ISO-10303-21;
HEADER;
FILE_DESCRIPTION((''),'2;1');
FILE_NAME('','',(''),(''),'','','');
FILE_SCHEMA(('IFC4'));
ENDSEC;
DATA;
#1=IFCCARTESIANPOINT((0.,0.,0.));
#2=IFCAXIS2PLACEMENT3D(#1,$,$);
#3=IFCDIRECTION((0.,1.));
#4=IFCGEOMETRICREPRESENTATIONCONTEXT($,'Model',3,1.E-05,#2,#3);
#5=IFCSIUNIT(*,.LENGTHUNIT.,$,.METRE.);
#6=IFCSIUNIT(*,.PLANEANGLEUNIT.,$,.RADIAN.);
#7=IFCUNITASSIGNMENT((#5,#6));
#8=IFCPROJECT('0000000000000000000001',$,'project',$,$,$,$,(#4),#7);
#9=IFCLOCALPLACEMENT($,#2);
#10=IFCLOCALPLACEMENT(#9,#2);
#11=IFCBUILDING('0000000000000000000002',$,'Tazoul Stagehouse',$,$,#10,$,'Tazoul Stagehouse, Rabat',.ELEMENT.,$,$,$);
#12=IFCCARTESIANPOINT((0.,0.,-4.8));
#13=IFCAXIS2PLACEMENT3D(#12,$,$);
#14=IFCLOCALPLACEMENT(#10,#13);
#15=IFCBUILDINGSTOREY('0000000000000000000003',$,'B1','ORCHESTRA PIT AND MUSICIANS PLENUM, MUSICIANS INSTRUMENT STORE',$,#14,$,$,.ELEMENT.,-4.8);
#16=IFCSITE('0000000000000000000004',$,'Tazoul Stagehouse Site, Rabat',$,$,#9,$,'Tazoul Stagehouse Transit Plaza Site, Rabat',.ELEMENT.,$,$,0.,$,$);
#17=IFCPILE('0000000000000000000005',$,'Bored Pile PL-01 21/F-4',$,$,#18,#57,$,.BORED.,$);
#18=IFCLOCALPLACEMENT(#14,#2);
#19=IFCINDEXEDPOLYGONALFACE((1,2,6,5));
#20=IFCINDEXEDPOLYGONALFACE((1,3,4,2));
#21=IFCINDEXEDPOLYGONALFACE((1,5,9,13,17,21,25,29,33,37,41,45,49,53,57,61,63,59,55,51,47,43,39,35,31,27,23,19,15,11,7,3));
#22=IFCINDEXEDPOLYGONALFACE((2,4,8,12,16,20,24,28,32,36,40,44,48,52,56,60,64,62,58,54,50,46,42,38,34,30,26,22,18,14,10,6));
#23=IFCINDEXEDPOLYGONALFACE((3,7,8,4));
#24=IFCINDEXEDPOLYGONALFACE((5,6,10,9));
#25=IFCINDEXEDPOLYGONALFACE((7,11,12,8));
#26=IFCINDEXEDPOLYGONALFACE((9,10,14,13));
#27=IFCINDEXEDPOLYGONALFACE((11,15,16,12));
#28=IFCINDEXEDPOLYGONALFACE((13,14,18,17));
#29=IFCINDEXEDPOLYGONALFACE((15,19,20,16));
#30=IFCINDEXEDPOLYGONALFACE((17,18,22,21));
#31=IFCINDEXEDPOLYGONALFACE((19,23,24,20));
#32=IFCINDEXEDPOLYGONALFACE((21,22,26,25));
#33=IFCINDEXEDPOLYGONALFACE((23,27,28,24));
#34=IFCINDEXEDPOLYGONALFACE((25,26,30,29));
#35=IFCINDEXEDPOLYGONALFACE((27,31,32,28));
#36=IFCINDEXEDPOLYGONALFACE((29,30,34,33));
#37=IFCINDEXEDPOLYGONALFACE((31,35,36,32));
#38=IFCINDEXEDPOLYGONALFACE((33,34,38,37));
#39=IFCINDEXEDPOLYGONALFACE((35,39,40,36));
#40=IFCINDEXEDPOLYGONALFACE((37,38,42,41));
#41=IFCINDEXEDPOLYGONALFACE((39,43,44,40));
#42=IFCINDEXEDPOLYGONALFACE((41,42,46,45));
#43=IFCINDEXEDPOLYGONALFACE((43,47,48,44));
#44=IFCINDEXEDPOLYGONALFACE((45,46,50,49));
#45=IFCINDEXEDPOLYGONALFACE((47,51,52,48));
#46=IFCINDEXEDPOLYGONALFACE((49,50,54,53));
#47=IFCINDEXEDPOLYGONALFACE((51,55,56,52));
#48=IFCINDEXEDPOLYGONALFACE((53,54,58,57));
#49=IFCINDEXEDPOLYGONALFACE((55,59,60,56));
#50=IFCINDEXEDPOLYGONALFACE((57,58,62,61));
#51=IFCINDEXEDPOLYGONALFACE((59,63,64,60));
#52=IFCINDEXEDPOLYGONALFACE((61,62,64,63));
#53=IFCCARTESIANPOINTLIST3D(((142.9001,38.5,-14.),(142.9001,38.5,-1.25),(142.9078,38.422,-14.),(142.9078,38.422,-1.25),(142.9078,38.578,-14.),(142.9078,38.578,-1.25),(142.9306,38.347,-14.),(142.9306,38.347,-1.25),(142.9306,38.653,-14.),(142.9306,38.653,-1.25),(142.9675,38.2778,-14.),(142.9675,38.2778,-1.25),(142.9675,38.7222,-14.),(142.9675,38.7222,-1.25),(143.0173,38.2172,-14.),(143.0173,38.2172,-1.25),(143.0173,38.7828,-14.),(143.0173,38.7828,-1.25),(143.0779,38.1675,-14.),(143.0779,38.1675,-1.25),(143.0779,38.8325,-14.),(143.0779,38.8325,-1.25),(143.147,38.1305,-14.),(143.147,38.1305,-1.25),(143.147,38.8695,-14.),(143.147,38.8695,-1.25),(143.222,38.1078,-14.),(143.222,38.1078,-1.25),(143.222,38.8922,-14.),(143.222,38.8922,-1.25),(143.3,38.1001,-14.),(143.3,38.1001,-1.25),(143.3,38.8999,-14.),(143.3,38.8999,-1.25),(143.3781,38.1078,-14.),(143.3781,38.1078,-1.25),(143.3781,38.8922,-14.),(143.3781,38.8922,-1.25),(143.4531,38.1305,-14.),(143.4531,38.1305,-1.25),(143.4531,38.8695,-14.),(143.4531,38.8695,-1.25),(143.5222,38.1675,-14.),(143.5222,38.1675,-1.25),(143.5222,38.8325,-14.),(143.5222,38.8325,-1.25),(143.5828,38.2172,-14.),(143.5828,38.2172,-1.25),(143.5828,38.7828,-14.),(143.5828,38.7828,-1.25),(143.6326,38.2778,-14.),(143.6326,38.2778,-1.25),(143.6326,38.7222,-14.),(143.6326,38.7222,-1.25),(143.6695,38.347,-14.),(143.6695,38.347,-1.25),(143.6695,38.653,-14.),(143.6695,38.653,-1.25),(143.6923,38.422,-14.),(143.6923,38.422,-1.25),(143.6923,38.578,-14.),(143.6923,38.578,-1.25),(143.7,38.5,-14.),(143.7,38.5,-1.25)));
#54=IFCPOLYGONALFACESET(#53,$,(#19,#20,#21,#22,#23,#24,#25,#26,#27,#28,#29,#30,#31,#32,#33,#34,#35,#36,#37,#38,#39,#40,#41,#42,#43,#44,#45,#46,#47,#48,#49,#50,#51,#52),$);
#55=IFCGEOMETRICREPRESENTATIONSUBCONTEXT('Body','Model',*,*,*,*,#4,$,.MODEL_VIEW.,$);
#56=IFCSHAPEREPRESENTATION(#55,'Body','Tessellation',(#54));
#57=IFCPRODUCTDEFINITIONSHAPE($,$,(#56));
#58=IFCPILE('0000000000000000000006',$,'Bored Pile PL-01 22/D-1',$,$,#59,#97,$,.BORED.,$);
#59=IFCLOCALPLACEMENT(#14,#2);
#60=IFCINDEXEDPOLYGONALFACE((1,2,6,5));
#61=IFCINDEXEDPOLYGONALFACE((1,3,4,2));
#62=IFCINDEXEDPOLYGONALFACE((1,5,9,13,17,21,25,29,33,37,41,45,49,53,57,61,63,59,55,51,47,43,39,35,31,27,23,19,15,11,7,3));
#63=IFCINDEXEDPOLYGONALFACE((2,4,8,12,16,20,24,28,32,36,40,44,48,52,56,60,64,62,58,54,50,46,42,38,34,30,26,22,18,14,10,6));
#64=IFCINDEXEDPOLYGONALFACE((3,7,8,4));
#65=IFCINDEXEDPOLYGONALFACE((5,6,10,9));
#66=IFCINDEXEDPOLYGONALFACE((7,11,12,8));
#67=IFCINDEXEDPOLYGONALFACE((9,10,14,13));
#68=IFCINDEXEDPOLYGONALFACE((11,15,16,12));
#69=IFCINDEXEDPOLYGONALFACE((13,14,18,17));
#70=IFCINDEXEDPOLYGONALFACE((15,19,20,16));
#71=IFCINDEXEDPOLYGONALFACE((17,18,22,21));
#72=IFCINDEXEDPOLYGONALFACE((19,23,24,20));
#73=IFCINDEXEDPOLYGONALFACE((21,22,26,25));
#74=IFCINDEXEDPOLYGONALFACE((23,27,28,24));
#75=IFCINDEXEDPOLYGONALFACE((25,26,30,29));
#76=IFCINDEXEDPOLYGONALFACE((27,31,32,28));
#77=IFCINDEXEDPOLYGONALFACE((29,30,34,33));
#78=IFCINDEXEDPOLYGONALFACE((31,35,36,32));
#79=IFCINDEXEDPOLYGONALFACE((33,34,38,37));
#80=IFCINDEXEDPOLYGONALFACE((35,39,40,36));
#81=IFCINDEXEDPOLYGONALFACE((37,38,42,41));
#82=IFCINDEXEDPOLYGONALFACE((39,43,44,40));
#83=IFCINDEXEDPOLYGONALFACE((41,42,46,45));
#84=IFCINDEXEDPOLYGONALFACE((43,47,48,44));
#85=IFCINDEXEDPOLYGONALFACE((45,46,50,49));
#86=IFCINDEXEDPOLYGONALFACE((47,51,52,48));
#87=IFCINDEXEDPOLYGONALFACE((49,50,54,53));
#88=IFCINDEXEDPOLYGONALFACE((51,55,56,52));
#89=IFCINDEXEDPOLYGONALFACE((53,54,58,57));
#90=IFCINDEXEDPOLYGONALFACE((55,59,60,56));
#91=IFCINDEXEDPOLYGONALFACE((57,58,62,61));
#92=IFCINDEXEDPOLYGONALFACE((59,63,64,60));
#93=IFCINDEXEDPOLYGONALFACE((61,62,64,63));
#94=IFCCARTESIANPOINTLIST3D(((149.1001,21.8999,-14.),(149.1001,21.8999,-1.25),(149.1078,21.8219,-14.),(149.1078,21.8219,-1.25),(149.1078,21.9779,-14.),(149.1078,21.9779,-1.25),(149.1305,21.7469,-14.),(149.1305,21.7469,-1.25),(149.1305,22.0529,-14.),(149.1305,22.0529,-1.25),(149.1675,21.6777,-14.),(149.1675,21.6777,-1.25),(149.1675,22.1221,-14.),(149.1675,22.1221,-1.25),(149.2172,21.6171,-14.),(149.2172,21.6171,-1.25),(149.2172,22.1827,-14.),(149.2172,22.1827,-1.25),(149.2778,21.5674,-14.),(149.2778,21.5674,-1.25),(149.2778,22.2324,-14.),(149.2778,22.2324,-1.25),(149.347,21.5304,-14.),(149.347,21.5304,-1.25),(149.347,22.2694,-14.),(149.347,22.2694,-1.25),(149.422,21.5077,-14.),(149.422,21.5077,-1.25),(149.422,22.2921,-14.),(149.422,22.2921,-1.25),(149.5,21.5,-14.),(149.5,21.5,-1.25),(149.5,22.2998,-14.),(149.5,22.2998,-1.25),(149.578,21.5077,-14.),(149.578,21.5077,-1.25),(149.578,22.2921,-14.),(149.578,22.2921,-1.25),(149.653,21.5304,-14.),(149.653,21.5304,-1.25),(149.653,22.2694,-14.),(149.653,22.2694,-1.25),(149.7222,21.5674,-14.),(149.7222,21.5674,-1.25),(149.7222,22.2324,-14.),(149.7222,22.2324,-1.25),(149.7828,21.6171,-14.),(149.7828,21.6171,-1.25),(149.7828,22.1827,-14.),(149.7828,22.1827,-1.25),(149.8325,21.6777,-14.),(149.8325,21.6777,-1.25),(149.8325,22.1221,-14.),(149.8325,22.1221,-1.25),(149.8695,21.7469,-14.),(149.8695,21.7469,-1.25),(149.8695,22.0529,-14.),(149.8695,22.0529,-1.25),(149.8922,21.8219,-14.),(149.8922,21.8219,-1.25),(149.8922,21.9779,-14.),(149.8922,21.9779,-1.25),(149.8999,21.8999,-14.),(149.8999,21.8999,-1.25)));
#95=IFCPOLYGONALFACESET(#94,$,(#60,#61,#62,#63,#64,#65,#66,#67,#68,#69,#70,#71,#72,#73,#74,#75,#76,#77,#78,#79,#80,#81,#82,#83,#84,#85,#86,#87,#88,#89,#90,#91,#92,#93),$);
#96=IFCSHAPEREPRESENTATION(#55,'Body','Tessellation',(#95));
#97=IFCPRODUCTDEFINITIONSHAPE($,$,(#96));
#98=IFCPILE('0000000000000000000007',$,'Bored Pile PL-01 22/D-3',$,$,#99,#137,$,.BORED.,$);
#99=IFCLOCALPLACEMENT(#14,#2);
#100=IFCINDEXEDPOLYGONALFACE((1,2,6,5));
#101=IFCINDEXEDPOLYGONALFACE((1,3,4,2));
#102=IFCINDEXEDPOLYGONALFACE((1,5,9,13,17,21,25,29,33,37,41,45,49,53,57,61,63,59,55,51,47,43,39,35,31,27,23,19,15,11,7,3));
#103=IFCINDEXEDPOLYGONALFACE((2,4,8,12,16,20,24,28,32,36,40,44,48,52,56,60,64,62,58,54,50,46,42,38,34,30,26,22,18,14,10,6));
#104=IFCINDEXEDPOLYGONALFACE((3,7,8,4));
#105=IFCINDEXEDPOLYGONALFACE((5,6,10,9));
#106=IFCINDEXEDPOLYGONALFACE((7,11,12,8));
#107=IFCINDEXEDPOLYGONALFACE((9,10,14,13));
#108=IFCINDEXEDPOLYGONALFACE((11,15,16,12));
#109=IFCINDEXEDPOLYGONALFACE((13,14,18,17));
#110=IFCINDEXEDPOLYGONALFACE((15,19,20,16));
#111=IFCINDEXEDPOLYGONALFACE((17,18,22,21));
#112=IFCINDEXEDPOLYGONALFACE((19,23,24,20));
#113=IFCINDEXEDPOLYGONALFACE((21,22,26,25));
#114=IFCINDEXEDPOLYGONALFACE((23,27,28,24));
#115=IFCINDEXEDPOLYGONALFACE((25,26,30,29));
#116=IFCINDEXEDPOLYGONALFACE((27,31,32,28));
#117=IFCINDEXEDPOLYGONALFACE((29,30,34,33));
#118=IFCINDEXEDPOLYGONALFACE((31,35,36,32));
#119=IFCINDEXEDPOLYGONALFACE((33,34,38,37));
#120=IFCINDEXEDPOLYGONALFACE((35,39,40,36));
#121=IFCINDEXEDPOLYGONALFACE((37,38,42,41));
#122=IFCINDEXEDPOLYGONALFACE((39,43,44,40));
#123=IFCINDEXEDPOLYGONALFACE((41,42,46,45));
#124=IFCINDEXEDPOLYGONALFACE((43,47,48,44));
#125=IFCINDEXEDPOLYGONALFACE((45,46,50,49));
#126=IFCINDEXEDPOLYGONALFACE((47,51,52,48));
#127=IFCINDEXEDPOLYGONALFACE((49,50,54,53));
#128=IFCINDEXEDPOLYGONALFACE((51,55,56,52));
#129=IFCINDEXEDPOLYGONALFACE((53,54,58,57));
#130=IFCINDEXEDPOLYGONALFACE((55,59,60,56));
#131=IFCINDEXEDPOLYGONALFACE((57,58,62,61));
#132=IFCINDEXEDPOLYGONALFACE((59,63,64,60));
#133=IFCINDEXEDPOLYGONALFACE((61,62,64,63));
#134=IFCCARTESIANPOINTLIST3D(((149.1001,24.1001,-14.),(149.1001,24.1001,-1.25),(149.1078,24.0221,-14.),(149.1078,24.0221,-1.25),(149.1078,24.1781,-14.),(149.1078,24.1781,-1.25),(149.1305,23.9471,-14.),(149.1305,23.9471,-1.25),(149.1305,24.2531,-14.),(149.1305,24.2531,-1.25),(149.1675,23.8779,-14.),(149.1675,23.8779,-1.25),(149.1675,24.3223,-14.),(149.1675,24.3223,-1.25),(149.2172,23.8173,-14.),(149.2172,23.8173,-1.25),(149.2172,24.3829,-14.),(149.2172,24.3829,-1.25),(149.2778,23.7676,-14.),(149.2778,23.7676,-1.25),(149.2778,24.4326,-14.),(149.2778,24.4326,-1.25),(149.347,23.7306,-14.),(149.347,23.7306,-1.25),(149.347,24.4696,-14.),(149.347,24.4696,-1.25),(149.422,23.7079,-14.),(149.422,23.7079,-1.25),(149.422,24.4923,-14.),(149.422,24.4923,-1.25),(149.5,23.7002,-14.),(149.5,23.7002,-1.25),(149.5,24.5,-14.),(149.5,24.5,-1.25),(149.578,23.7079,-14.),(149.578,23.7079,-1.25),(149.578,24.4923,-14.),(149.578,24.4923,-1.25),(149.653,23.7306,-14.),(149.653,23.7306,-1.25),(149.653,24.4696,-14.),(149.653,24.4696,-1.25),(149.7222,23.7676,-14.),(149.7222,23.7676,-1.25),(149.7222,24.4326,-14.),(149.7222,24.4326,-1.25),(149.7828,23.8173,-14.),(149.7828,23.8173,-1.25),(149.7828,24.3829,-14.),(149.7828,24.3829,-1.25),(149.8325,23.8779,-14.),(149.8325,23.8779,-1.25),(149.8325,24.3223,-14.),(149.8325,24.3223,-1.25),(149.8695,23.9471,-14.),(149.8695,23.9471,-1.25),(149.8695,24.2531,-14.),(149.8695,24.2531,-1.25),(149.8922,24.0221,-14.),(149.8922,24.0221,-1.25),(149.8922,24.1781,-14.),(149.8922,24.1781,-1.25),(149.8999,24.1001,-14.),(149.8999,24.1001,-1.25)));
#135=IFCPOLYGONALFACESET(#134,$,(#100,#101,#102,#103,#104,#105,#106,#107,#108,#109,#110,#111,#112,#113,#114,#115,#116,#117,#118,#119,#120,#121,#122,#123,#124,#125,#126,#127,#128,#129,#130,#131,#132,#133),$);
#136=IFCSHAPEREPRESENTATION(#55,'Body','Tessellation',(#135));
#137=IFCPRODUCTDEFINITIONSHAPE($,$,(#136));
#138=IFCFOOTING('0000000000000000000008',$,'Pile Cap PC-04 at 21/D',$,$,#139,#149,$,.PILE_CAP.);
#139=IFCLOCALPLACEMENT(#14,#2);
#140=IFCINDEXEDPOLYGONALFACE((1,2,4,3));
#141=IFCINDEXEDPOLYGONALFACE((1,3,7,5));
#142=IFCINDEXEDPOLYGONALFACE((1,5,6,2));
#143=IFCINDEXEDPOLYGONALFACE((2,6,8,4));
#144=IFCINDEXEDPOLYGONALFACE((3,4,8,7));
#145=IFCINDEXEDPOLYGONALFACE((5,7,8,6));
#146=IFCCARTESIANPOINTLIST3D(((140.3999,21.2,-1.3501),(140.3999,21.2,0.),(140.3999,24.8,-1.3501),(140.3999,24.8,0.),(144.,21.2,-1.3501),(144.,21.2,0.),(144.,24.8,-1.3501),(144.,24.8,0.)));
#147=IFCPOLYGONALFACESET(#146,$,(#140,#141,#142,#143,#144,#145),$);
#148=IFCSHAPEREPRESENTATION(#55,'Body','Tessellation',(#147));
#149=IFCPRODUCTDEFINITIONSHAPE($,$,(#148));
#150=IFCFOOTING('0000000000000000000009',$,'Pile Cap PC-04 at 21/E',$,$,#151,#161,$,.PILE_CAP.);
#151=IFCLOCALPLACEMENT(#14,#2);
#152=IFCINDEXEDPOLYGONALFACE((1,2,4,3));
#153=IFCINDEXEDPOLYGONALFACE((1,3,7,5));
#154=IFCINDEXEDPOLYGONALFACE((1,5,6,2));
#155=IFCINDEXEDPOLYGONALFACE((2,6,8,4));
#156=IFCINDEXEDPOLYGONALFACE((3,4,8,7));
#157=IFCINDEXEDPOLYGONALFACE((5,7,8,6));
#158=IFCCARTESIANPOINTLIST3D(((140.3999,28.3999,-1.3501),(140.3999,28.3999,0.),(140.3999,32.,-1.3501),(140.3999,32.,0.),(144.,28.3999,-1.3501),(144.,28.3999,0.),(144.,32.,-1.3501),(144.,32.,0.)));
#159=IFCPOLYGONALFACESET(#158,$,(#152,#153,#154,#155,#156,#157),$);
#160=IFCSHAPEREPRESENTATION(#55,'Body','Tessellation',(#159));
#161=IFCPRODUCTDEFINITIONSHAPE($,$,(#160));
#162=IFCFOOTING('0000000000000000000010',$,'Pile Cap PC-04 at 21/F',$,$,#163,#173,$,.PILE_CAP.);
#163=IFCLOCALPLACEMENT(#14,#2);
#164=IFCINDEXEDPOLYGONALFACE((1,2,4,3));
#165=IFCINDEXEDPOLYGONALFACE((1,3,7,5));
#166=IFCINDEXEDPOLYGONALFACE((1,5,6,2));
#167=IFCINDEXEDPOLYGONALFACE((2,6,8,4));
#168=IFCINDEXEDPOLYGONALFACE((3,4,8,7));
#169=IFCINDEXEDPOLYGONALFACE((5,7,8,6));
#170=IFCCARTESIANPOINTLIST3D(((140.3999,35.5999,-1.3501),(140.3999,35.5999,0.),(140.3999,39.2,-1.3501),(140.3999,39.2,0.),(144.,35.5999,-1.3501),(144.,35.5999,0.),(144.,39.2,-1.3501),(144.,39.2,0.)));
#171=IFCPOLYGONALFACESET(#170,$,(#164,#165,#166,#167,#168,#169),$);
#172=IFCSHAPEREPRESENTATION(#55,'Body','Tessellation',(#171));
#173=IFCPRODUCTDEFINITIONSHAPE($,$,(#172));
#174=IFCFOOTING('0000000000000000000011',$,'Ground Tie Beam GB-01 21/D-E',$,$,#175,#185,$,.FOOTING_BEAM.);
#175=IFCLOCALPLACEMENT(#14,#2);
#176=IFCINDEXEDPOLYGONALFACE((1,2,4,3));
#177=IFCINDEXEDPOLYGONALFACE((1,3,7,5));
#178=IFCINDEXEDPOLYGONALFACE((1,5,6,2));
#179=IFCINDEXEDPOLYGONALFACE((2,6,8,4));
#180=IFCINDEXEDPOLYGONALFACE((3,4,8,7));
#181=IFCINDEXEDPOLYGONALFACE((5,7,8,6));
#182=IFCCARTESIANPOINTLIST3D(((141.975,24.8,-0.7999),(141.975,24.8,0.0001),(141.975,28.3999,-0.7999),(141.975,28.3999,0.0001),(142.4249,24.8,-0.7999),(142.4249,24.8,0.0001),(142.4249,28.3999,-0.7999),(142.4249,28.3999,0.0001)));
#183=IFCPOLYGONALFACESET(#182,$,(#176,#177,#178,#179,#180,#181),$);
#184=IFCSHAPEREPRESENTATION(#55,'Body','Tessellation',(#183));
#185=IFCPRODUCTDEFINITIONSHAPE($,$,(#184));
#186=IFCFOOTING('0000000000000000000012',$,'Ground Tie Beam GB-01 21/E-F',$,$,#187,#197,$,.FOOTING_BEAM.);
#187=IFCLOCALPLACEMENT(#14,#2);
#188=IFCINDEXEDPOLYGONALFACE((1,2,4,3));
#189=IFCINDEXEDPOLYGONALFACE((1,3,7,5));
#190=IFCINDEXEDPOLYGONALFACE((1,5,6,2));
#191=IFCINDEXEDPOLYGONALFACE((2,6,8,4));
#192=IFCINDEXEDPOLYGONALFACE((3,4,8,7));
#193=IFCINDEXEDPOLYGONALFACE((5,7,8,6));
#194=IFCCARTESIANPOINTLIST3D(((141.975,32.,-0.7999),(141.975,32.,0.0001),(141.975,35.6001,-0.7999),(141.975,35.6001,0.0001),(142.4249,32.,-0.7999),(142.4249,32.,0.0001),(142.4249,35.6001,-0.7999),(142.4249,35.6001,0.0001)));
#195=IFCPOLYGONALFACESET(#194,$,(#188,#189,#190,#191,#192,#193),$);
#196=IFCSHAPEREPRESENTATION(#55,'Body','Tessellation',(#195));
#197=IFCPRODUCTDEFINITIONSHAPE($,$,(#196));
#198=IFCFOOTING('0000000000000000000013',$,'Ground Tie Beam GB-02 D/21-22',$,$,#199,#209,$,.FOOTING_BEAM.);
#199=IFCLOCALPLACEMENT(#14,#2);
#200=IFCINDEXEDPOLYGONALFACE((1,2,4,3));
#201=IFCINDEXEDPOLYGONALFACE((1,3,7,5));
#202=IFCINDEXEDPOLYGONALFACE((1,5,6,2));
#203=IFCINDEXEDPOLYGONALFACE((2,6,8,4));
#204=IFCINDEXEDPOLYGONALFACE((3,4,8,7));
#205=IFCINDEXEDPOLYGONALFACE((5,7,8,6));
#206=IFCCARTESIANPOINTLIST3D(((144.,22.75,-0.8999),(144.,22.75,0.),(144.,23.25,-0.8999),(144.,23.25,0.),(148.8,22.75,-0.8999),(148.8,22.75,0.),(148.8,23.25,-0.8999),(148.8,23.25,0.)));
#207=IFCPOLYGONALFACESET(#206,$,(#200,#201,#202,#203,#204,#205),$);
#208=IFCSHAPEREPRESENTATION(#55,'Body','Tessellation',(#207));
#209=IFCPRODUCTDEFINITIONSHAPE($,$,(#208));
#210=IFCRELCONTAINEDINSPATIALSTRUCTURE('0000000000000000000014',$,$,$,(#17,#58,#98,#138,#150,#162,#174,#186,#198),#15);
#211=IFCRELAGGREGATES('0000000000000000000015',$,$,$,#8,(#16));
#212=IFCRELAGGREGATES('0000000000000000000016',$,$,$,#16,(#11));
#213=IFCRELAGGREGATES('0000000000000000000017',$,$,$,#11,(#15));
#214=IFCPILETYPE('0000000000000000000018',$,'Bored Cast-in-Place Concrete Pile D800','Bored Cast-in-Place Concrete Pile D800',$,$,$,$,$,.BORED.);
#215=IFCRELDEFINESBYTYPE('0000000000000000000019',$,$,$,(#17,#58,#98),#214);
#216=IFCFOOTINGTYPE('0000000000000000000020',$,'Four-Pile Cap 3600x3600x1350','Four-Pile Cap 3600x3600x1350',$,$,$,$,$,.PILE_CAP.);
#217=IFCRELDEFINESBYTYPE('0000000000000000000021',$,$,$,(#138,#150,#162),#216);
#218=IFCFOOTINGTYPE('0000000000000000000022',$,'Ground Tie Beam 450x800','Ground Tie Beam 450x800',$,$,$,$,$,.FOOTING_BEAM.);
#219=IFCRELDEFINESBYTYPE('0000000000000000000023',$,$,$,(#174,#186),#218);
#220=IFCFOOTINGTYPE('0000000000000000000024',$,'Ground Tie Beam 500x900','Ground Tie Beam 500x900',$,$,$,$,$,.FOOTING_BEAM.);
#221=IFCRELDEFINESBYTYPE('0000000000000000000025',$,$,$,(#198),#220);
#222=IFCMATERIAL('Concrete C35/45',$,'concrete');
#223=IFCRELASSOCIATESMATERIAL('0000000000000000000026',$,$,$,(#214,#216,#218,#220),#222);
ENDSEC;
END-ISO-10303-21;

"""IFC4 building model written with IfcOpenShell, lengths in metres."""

from ifc_helpers import new_model, si_unit, direction, frame, origin, origin_2d, place, context, subcontext, project, spatial, rectangle, circle, extrude, material, material_profile, profile_set, type_object, element, save


model = new_model("IFC4")

# Units and contexts
model_context = context("Model", 3, precision=1e-05, world=origin(), true_north=direction((0.0, 1.0)))
body_context = subcontext(model_context, "Body", "Model", "MODEL_VIEW")
ifc_project = project(units=[si_unit("LENGTHUNIT", "METRE"), si_unit("PLANEANGLEUNIT", "RADIAN")], contexts=[model_context])

# Site, building, storey
site_placement = place(None, origin())
site = spatial("IfcSite", under=ifc_project, at=site_placement, Name="Tazoul Stagehouse Site, Rabat", LongName="Tazoul Stagehouse Transit Plaza Site, Rabat", CompositionType="ELEMENT", RefElevation=0.0)
building_placement = place(site_placement, origin())
building = spatial("IfcBuilding", under=site, at=building_placement, Name="Tazoul Stagehouse", LongName="Tazoul Stagehouse, Rabat", CompositionType="ELEMENT")
storey_placement = place(building_placement, frame((0.0, 0.0, -4.8)))
storey = spatial("IfcBuildingStorey", under=building, at=storey_placement, Name="B1", Description="ORCHESTRA PIT AND MUSICIANS PLENUM, MUSICIANS INSTRUMENT STORE", CompositionType="ELEMENT", Elevation=-4.8)

# Piles
ifc_material_1 = material(Name="Concrete C35/45", Category="concrete")
ifc_material_profile_1 = material_profile(ifc_material_1, circle(Radius=0.3999, at=origin_2d()), Name="BORED PILE 800")
ifc_profile_set_1 = profile_set([ifc_material_profile_1], Name="Concrete C35/45")
pile_type = type_object("IfcPileType", Name="Bored Cast-in-Place Concrete Pile D800", Description="Bored Cast-in-Place Concrete Pile D800", PredefinedType="BORED", material=ifc_profile_set_1)
for number, where, z_axis, x_axis, name in (
    (1, (143.3, 38.5, -1.25), (0.0, 0.0, -1.0), (1.0, 0.0, 0.0), "Bored Pile PL-01 21/F-4"),
    (2, (149.5, 21.8999, -1.25), (0.0, 0.0, -1.0), (1.0, 0.0, 0.0), "Bored Pile PL-01 22/D-1"),
    (3, (149.5, 24.1001, -1.25), (0.0, 0.0, -1.0), (1.0, 0.0, 0.0), "Bored Pile PL-01 22/D-3"),
):
    element("IfcPile", number, at=place(storey_placement, frame(where, z_axis=z_axis, x_axis=x_axis)), inside=storey, type_object=pile_type, Name=name, PredefinedType="BORED", context=body_context, shape_type="SweptSolid", body=[
        extrude(circle(Radius=0.3999, at=origin_2d()), origin(), (0.0, 0.0, 1.0), 12.75),
    ])

# Footings
footing_type_1 = type_object("IfcFootingType", Name="Four-Pile Cap 3600x3600x1350", Description="Four-Pile Cap 3600x3600x1350", PredefinedType="PILE_CAP", material=ifc_material_1)
for number, where, z_axis, x_axis, name in (
    (4, (142.2, 23.0, -1.3501), (0.0, 0.0, 1.0), (1.0, 0.0, 0.0), "Pile Cap PC-04 at 21/D"),
    (5, (142.2, 30.2, -1.3501), (0.0, 0.0, 1.0), (1.0, 0.0, 0.0), "Pile Cap PC-04 at 21/E"),
    (6, (142.2, 37.3999, -1.3501), (0.0, 0.0, 1.0), (1.0, 0.0, 0.0), "Pile Cap PC-04 at 21/F"),
):
    element("IfcFooting", number, at=place(storey_placement, frame(where, z_axis=z_axis, x_axis=x_axis)), inside=storey, type_object=footing_type_1, Name=name, PredefinedType="PILE_CAP", context=body_context, shape_type="SweptSolid", body=[
        extrude(rectangle(XDim=3.6001, YDim=3.6001, at=origin_2d()), origin(), (0.0, 0.0, 1.0), 1.3501),
    ])
ifc_material_profile_2 = material_profile(ifc_material_1, rectangle(XDim=0.45, YDim=0.8, at=origin_2d()), Name="RC 450x800")
ifc_profile_set_2 = profile_set([ifc_material_profile_2], Name="Concrete C35/45")
footing_type_2 = type_object("IfcFootingType", Name="Ground Tie Beam 450x800", Description="Ground Tie Beam 450x800", PredefinedType="FOOTING_BEAM", material=ifc_profile_set_2)
footing_1_placement = place(storey_placement, frame((142.2, 24.8, -0.3999), z_axis=(0.0, 1.0, 0.0), x_axis=(-1.0, 0.0, 0.0)))
element("IfcFooting", 7, at=footing_1_placement, inside=storey, type_object=footing_type_2, Name="Ground Tie Beam GB-01 21/D-E", PredefinedType="FOOTING_BEAM", context=body_context, shape_type="SweptSolid", body=[
    extrude(rectangle(XDim=0.45, YDim=0.8, at=origin_2d()), origin(), (0.0, 0.0, 1.0), 3.5999),
])
footing_2_placement = place(storey_placement, frame((142.2, 32.0, -0.3999), z_axis=(0.0, 1.0, 0.0), x_axis=(-1.0, 0.0, 0.0)))
element("IfcFooting", 8, at=footing_2_placement, inside=storey, type_object=footing_type_2, Name="Ground Tie Beam GB-01 21/E-F", PredefinedType="FOOTING_BEAM", context=body_context, shape_type="SweptSolid", body=[
    extrude(rectangle(XDim=0.45, YDim=0.8, at=origin_2d()), origin(), (0.0, 0.0, 1.0), 3.6001),
])
ifc_material_profile_3 = material_profile(ifc_material_1, rectangle(XDim=0.5, YDim=0.8999, at=origin_2d()), Name="RC 500x900")
ifc_profile_set_3 = profile_set([ifc_material_profile_3], Name="Concrete C35/45")
footing_type_3 = type_object("IfcFootingType", Name="Ground Tie Beam 500x900", Description="Ground Tie Beam 500x900", PredefinedType="FOOTING_BEAM", material=ifc_profile_set_3)
for number, where, z_axis, x_axis, name in (
    (9, (144.0, 23.0, -0.45), (1.0, 0.0, 0.0), (0.0, 1.0, 0.0), "Ground Tie Beam GB-02 D/21-22"),
):
    element("IfcFooting", number, at=place(storey_placement, frame(where, z_axis=z_axis, x_axis=x_axis)), inside=storey, type_object=footing_type_3, Name=name, PredefinedType="FOOTING_BEAM", context=body_context, shape_type="SweptSolid", body=[
        extrude(rectangle(XDim=0.5, YDim=0.8999, at=origin_2d()), origin(), (0.0, 0.0, 1.0), 4.8),
    ])

save(model, "model.ifc")
